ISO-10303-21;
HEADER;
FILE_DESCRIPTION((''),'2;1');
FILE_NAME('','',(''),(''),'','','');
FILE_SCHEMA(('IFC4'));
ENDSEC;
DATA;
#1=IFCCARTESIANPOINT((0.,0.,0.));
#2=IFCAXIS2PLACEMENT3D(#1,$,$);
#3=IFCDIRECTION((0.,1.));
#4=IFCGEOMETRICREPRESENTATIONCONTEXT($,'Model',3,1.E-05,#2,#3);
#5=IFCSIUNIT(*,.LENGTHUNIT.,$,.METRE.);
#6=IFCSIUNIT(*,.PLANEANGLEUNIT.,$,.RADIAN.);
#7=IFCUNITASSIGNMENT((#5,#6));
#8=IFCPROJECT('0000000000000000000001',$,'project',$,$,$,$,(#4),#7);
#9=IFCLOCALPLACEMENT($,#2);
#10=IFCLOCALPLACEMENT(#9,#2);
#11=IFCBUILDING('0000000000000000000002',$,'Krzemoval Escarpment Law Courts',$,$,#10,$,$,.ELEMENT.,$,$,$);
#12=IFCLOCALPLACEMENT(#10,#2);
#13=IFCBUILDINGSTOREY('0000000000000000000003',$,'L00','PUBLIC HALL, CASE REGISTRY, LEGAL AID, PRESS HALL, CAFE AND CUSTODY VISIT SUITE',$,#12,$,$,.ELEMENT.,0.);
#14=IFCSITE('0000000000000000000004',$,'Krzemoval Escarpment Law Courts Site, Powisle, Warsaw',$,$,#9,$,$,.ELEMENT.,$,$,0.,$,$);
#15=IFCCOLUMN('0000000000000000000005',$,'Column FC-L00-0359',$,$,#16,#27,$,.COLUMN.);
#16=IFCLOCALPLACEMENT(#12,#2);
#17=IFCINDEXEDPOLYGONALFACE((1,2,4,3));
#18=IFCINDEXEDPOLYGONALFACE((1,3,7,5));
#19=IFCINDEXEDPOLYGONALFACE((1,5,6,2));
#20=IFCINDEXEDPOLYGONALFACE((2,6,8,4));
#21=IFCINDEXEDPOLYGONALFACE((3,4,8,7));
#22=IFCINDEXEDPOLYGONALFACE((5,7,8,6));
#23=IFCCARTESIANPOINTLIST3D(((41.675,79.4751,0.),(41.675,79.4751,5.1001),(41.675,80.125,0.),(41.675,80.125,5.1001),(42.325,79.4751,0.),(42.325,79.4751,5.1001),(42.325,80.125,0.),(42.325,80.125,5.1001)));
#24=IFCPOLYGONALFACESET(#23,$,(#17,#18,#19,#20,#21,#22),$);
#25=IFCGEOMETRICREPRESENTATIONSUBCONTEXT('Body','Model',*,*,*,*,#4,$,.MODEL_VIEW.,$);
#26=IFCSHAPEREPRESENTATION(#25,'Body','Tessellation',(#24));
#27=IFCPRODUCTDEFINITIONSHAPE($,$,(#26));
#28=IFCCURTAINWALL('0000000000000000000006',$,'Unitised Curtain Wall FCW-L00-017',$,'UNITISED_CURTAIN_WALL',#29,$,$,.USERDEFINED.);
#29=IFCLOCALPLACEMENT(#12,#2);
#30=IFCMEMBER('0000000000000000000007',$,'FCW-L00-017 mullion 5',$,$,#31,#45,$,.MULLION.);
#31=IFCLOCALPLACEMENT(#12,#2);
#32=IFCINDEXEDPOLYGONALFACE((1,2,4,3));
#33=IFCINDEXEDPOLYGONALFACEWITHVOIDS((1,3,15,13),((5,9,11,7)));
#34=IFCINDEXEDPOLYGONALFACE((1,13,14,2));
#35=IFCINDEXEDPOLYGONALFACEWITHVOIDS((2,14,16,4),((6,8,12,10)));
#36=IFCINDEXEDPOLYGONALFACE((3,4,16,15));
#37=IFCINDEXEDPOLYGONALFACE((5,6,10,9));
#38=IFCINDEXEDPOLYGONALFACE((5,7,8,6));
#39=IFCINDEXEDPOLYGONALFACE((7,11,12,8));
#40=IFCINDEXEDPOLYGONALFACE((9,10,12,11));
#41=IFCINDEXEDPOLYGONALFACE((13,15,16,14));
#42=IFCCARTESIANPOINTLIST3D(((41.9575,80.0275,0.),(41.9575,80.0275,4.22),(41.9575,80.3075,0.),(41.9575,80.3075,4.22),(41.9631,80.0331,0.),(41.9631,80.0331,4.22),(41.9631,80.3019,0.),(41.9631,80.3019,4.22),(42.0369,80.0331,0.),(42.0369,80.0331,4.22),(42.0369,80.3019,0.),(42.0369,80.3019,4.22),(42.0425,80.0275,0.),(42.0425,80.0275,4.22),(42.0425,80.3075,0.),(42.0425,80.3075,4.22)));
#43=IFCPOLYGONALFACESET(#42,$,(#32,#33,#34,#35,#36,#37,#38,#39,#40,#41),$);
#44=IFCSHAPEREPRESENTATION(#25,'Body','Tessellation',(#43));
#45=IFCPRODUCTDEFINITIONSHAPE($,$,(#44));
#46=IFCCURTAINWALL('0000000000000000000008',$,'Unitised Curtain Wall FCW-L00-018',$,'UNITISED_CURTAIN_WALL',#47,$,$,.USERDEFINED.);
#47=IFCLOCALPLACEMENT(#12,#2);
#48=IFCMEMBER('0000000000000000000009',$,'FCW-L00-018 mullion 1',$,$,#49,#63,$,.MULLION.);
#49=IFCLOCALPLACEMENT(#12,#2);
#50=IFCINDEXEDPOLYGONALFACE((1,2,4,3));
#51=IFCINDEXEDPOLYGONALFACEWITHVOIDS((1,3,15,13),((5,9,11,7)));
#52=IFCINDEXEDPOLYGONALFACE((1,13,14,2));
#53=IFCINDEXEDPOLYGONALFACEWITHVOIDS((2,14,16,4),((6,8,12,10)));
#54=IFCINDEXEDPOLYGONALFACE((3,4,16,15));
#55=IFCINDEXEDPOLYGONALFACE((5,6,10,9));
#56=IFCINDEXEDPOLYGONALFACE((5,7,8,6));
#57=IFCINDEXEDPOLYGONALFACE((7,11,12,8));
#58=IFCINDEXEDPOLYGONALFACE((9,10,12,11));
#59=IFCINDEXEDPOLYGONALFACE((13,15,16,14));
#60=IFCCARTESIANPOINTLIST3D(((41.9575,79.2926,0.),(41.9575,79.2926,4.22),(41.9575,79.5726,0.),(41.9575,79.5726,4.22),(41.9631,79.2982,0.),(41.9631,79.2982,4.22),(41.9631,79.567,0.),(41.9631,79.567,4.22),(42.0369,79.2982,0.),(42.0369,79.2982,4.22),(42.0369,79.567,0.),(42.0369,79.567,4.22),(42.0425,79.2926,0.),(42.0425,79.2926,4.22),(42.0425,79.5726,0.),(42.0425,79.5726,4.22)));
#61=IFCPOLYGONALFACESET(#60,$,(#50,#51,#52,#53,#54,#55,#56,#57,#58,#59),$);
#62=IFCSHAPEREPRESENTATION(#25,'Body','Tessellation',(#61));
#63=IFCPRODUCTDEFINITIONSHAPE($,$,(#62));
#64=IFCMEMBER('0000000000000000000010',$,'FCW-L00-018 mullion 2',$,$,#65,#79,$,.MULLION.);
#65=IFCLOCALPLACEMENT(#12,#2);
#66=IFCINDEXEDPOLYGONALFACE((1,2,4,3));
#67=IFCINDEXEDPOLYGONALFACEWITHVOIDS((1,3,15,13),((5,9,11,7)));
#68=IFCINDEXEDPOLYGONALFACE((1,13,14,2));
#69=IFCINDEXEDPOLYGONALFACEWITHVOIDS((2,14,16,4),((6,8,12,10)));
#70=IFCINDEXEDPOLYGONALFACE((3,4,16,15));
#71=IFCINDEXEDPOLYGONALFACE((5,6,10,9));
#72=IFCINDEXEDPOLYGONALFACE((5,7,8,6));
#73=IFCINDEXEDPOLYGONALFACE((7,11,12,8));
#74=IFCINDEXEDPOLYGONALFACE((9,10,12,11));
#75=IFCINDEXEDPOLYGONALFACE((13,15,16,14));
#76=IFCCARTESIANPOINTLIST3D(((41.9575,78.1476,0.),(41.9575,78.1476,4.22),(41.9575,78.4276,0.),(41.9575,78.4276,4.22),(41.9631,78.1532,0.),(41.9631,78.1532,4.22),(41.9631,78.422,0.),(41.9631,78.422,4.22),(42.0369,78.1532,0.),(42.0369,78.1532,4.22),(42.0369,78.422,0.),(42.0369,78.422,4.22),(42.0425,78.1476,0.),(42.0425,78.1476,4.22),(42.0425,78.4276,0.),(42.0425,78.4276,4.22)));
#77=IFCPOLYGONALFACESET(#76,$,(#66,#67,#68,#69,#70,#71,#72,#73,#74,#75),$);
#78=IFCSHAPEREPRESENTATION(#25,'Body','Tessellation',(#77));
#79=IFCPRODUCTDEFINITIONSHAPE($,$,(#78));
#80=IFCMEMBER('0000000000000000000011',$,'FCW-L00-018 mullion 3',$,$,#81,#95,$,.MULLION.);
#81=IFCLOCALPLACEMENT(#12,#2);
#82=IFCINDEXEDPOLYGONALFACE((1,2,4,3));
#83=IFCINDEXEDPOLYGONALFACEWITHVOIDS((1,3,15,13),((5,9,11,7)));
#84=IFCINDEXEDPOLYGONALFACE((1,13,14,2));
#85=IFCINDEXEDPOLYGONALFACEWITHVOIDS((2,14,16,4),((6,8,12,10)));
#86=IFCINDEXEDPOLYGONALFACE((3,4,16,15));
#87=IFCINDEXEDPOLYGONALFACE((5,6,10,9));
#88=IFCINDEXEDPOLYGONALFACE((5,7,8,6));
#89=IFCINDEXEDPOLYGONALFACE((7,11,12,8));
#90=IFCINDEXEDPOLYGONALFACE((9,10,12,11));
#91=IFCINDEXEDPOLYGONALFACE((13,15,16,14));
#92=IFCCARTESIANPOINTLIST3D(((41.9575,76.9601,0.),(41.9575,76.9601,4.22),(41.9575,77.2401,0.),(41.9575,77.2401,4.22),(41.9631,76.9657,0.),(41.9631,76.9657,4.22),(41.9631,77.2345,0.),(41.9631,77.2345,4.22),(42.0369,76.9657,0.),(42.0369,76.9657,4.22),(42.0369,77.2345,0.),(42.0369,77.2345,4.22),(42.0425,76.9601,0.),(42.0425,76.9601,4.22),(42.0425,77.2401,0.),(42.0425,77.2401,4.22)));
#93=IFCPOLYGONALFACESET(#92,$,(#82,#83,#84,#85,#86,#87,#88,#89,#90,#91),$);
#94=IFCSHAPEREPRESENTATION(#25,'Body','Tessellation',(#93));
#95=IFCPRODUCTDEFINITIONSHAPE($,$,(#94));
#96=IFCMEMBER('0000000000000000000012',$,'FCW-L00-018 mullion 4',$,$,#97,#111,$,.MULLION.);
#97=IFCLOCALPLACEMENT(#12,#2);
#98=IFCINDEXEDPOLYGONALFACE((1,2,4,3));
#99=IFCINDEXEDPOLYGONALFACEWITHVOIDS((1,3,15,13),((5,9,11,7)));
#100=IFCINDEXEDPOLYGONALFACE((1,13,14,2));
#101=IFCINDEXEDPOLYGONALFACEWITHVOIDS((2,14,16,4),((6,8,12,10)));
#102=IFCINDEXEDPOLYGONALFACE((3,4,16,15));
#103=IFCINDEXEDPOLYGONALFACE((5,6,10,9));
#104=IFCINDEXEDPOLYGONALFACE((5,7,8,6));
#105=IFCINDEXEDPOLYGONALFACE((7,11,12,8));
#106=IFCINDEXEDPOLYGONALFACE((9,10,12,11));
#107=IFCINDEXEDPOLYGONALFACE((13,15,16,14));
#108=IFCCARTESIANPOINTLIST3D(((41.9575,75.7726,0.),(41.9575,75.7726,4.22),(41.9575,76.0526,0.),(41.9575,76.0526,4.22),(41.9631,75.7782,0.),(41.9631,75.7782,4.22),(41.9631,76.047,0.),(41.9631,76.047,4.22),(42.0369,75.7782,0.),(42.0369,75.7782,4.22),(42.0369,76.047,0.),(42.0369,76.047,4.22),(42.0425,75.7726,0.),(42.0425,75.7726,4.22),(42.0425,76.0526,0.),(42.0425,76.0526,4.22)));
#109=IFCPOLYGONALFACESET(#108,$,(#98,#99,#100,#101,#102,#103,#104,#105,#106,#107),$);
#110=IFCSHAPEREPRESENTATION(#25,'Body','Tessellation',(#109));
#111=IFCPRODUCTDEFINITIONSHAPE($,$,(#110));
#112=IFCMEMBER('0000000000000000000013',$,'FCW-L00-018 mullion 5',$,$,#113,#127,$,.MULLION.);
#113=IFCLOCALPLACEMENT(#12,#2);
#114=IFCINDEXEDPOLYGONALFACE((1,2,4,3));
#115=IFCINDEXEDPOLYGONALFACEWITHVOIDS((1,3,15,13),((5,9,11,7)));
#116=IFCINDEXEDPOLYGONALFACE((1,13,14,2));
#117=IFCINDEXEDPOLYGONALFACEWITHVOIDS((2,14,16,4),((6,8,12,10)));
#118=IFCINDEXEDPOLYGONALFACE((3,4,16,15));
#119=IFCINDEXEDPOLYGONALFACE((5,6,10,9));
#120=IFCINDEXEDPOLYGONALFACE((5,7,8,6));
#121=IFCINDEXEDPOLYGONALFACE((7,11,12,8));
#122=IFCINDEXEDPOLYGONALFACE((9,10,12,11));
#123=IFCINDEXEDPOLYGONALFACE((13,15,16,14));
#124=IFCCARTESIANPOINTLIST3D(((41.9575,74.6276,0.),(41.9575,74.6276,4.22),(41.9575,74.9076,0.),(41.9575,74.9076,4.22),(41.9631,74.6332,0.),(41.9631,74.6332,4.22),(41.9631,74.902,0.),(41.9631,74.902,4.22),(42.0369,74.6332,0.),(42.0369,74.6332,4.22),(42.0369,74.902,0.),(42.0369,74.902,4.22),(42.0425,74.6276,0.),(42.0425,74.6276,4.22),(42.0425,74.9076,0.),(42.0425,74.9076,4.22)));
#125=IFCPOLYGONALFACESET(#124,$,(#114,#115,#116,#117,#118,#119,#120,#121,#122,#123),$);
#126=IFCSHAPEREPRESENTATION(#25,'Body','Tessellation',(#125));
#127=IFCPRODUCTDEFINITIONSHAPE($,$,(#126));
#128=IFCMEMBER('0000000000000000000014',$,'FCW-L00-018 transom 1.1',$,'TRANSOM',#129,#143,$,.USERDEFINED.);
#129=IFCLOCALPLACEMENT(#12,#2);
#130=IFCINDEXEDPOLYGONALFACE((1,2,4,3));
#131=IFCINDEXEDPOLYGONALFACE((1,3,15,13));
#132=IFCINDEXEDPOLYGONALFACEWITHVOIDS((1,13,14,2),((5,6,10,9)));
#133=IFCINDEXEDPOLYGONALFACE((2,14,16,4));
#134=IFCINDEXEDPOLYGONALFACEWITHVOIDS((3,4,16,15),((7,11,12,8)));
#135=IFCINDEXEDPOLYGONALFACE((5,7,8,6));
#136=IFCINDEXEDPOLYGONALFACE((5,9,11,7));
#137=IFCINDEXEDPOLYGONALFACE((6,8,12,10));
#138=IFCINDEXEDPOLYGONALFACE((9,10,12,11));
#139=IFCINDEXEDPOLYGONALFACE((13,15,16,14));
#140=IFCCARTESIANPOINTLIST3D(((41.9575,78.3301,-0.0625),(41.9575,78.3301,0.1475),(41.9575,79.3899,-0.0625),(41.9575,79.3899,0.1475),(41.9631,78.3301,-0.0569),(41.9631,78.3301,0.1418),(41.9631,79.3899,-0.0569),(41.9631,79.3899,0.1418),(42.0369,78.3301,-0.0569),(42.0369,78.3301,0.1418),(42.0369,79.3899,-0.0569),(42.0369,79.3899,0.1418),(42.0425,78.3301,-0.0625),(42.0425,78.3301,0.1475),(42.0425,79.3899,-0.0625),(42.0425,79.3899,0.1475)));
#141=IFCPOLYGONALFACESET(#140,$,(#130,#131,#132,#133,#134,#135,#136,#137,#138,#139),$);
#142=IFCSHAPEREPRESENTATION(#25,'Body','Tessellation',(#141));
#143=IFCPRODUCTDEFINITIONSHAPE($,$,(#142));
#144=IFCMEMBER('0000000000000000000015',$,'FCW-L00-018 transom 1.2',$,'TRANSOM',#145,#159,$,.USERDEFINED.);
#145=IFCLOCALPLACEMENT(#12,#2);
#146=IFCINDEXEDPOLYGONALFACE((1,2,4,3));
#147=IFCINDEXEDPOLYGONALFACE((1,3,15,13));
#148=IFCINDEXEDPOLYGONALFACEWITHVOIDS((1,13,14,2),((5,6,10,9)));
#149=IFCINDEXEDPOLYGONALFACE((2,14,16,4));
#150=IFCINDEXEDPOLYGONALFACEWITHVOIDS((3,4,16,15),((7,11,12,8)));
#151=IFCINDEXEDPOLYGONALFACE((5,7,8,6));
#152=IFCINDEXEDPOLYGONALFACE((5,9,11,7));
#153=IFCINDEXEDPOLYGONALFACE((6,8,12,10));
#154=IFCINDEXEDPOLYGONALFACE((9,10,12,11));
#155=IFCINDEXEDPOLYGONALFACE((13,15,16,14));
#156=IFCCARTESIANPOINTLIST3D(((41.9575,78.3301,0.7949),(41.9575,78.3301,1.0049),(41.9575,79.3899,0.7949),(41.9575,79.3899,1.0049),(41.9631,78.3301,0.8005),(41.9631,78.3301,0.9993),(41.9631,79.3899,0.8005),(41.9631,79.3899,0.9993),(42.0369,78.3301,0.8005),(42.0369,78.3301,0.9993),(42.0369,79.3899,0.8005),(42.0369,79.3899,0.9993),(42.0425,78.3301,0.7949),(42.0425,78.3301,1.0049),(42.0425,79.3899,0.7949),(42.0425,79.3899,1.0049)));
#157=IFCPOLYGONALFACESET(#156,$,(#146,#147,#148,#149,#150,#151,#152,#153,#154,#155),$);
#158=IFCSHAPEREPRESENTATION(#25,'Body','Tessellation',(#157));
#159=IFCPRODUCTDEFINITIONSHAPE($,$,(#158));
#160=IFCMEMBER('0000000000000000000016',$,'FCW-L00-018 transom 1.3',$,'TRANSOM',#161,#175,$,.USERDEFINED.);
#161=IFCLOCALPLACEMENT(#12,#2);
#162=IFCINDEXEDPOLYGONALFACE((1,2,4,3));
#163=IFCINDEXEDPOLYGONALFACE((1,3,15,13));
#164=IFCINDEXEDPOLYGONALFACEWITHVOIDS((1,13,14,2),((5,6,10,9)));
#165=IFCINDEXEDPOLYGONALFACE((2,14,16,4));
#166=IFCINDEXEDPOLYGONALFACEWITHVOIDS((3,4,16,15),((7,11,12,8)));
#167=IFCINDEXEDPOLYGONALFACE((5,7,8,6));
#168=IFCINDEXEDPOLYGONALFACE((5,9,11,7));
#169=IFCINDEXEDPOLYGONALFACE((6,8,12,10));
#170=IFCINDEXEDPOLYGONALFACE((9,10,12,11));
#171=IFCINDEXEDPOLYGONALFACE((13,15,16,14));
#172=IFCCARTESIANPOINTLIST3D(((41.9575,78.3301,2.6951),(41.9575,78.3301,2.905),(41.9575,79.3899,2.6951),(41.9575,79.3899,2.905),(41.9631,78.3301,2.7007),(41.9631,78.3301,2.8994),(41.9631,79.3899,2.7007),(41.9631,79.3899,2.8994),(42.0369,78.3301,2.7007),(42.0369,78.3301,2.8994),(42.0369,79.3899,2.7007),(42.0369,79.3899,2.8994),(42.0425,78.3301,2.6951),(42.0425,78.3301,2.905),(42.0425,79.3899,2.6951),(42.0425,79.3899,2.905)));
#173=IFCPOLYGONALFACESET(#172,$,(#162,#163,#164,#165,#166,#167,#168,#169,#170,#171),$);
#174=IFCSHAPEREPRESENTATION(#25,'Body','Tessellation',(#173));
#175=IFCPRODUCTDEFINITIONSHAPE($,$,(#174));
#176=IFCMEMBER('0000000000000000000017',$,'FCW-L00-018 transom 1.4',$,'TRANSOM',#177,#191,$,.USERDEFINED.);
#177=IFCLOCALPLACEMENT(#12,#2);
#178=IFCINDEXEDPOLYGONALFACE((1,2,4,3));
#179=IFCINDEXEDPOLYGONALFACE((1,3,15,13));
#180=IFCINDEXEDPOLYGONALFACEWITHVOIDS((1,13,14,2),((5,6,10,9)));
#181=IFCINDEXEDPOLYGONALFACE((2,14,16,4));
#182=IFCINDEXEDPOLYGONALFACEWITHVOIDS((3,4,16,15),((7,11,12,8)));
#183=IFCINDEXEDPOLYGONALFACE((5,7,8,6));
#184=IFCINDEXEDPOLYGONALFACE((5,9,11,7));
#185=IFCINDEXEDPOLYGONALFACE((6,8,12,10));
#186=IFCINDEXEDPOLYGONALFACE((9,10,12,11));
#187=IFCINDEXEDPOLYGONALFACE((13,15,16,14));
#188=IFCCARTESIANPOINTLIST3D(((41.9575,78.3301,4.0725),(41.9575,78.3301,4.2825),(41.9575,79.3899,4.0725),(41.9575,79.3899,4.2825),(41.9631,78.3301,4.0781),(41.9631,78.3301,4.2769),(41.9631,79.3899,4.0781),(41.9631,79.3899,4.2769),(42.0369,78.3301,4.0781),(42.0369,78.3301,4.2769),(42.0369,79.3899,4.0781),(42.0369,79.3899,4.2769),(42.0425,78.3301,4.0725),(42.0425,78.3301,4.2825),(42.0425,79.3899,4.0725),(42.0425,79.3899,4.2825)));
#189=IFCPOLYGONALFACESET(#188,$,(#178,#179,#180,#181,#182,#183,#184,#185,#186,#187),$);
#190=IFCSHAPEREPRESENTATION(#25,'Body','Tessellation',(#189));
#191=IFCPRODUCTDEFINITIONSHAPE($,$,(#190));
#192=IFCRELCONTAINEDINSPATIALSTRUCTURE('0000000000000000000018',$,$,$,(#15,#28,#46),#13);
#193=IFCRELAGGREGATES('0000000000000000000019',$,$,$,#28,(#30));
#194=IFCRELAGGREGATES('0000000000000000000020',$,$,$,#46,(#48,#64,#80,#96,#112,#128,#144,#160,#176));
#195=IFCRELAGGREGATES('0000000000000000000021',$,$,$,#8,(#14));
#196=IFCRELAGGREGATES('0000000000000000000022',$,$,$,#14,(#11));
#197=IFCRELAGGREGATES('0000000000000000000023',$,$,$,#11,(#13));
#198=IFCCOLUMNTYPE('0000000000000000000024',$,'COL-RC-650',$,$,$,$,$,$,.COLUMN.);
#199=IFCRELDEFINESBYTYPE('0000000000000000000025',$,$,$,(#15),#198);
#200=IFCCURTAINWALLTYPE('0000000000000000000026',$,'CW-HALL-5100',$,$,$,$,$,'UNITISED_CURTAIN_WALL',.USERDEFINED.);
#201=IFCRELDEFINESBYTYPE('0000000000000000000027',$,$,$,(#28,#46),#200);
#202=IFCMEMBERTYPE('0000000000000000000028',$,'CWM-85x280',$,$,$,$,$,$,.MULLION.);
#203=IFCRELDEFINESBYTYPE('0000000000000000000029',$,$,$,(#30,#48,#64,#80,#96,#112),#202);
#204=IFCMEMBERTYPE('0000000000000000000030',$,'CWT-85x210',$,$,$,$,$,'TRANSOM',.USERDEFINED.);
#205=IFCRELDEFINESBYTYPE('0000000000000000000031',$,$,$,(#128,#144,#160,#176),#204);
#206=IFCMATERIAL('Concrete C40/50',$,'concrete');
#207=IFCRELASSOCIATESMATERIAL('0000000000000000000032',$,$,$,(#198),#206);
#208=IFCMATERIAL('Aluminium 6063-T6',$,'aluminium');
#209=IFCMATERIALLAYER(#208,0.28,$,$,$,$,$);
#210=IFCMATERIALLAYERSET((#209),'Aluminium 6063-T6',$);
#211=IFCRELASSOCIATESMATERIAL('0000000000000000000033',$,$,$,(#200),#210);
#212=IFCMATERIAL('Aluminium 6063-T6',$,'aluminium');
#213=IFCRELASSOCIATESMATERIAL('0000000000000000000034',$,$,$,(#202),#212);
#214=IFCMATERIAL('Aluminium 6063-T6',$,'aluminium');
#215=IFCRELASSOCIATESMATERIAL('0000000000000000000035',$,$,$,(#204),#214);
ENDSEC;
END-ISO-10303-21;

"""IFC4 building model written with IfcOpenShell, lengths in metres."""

from ifc_helpers import new_model, si_unit, direction, frame, origin, origin_2d, place, context, subcontext, project, spatial, rectangle, hollow_rectangle, extrude, material, layer, layer_set, material_profile, profile_set, type_object, element, aggregate, save


model = new_model("IFC4")

# Units and contexts
model_context = context("Model", 3, precision=1e-05, world=origin(), true_north=direction((0.0, 1.0)))
body_context = subcontext(model_context, "Body", "Model", "MODEL_VIEW")
ifc_project = project(units=[si_unit("LENGTHUNIT", "METRE"), si_unit("PLANEANGLEUNIT", "RADIAN")], contexts=[model_context])

# Site, building, storey
site_placement = place(None, origin())
site = spatial("IfcSite", under=ifc_project, at=site_placement, Name="Krzemoval Escarpment Law Courts Site, Powisle, Warsaw", CompositionType="ELEMENT", RefElevation=0.0)
building_placement = place(site_placement, origin())
building = spatial("IfcBuilding", under=site, at=building_placement, Name="Krzemoval Escarpment Law Courts", CompositionType="ELEMENT")
storey_placement = place(building_placement, origin())
storey = spatial("IfcBuildingStorey", under=building, at=storey_placement, Name="L00", Description="PUBLIC HALL, CASE REGISTRY, LEGAL AID, PRESS HALL, CAFE AND CUSTODY VISIT SUITE", CompositionType="ELEMENT", Elevation=0.0)

# Column
ifc_material_1 = material(Name="Concrete C40/50", Category="concrete")
ifc_material_profile_1 = material_profile(ifc_material_1, rectangle(XDim=0.6499, YDim=0.6499, at=origin_2d()), Name="RC 650x650")
ifc_profile_set_1 = profile_set([ifc_material_profile_1], Name="Concrete C40/50")
column_type = type_object("IfcColumnType", Name="COL-RC-650", PredefinedType="COLUMN", material=ifc_profile_set_1)
column_placement = place(storey_placement, frame((42.0, 79.8, 0.0), z_axis=(0.0, 0.0, 1.0), x_axis=(1.0, 0.0, 0.0)))
element("IfcColumn", 1, at=column_placement, inside=storey, type_object=column_type, Name="Column FC-L00-0359", PredefinedType="COLUMN", context=body_context, shape_type="SweptSolid", body=[
    extrude(rectangle(XDim=0.6499, YDim=0.6499, at=origin_2d()), origin(), (0.0, 0.0, 1.0), 5.1001),
])

# Curtain wall, member
ifc_material_2 = material(Name="Aluminium 6063-T6", Category="aluminium")
ifc_layer_1 = layer(ifc_material_2, 0.28)
ifc_layer_set_1 = layer_set([ifc_layer_1], Name="Aluminium 6063-T6")
curtain_wall_type = type_object("IfcCurtainWallType", Name="CW-HALL-5100", ElementType="UNITISED_CURTAIN_WALL", PredefinedType="USERDEFINED", material=ifc_layer_set_1)
curtain_wall_1_placement = place(storey_placement, origin())
curtain_wall_1 = element("IfcCurtainWall", 2, at=curtain_wall_1_placement, inside=storey, type_object=curtain_wall_type, Name="Unitised Curtain Wall FCW-L00-017", ObjectType="UNITISED_CURTAIN_WALL", PredefinedType="USERDEFINED")
ifc_material_3 = material(Name="Aluminium 6063-T6", Category="aluminium")
ifc_material_profile_2 = material_profile(ifc_material_3, hollow_rectangle(XDim=0.085, YDim=0.28, WallThickness=0.0056, at=origin_2d()), Name="ALU M85x280")
ifc_profile_set_2 = profile_set([ifc_material_profile_2], Name="Aluminium 6063-T6")
member_type_1 = type_object("IfcMemberType", Name="CWM-85x280", PredefinedType="MULLION", material=ifc_profile_set_2)
member_1_placement = place(storey_placement, frame((42.0, 80.1675, 0.0), z_axis=(0.0, 0.0, 1.0), x_axis=(1.0, 0.0, 0.0)))
member_1 = element("IfcMember", 3, at=member_1_placement, type_object=member_type_1, Name="FCW-L00-017 mullion 5", PredefinedType="MULLION", context=body_context, shape_type="SweptSolid", body=[
    extrude(hollow_rectangle(XDim=0.085, YDim=0.28, WallThickness=0.0056, at=origin_2d()), origin(), (0.0, 0.0, 1.0), 4.22),
])
aggregate(curtain_wall_1, [member_1])

# Curtain wall, members
curtain_wall_2_placement = place(storey_placement, origin())
curtain_wall_2 = element("IfcCurtainWall", 4, at=curtain_wall_2_placement, inside=storey, type_object=curtain_wall_type, Name="Unitised Curtain Wall FCW-L00-018", ObjectType="UNITISED_CURTAIN_WALL", PredefinedType="USERDEFINED")
member_2_placement = place(storey_placement, frame((42.0, 79.4326, 0.0), z_axis=(0.0, 0.0, 1.0), x_axis=(1.0, 0.0, 0.0)))
member_2 = element("IfcMember", 5, at=member_2_placement, type_object=member_type_1, Name="FCW-L00-018 mullion 1", PredefinedType="MULLION", context=body_context, shape_type="SweptSolid", body=[
    extrude(hollow_rectangle(XDim=0.085, YDim=0.28, WallThickness=0.0056, at=origin_2d()), origin(), (0.0, 0.0, 1.0), 4.22),
])
member_3_placement = place(storey_placement, frame((42.0, 78.2876, 0.0), z_axis=(0.0, 0.0, 1.0), x_axis=(1.0, 0.0, 0.0)))
member_3 = element("IfcMember", 6, at=member_3_placement, type_object=member_type_1, Name="FCW-L00-018 mullion 2", PredefinedType="MULLION", context=body_context, shape_type="SweptSolid", body=[
    extrude(hollow_rectangle(XDim=0.085, YDim=0.28, WallThickness=0.0056, at=origin_2d()), origin(), (0.0, 0.0, 1.0), 4.22),
])
member_4_placement = place(storey_placement, frame((42.0, 77.1001, 0.0), z_axis=(0.0, 0.0, 1.0), x_axis=(1.0, 0.0, 0.0)))
member_4 = element("IfcMember", 7, at=member_4_placement, type_object=member_type_1, Name="FCW-L00-018 mullion 3", PredefinedType="MULLION", context=body_context, shape_type="SweptSolid", body=[
    extrude(hollow_rectangle(XDim=0.085, YDim=0.28, WallThickness=0.0056, at=origin_2d()), origin(), (0.0, 0.0, 1.0), 4.22),
])
member_5_placement = place(storey_placement, frame((42.0, 75.9126, 0.0), z_axis=(0.0, 0.0, 1.0), x_axis=(1.0, 0.0, 0.0)))
member_5 = element("IfcMember", 8, at=member_5_placement, type_object=member_type_1, Name="FCW-L00-018 mullion 4", PredefinedType="MULLION", context=body_context, shape_type="SweptSolid", body=[
    extrude(hollow_rectangle(XDim=0.085, YDim=0.28, WallThickness=0.0056, at=origin_2d()), origin(), (0.0, 0.0, 1.0), 4.22),
])
member_6_placement = place(storey_placement, frame((42.0, 74.7676, 0.0), z_axis=(0.0, 0.0, 1.0), x_axis=(1.0, 0.0, 0.0)))
member_6 = element("IfcMember", 9, at=member_6_placement, type_object=member_type_1, Name="FCW-L00-018 mullion 5", PredefinedType="MULLION", context=body_context, shape_type="SweptSolid", body=[
    extrude(hollow_rectangle(XDim=0.085, YDim=0.28, WallThickness=0.0056, at=origin_2d()), origin(), (0.0, 0.0, 1.0), 4.22),
])
ifc_material_4 = material(Name="Aluminium 6063-T6", Category="aluminium")
ifc_material_profile_3 = material_profile(ifc_material_4, hollow_rectangle(XDim=0.085, YDim=0.21, WallThickness=0.0056, at=origin_2d()), Name="ALU T85x210")
ifc_profile_set_3 = profile_set([ifc_material_profile_3], Name="Aluminium 6063-T6")
member_type_2 = type_object("IfcMemberType", Name="CWT-85x210", ElementType="TRANSOM", PredefinedType="USERDEFINED", material=ifc_profile_set_3)
member_7_placement = place(storey_placement, frame((42.0, 79.3899, 0.0425), z_axis=(0.0, -1.0, 0.0), x_axis=(1.0, 0.0, 0.0)))
member_7 = element("IfcMember", 10, at=member_7_placement, type_object=member_type_2, Name="FCW-L00-018 transom 1.1", ObjectType="TRANSOM", PredefinedType="USERDEFINED", context=body_context, shape_type="SweptSolid", body=[
    extrude(hollow_rectangle(XDim=0.085, YDim=0.21, WallThickness=0.0056, at=origin_2d()), origin(), (0.0, 0.0, 1.0), 1.0598),
])
member_8_placement = place(storey_placement, frame((42.0, 79.3899, 0.8999), z_axis=(0.0, -1.0, 0.0), x_axis=(1.0, 0.0, 0.0)))
member_8 = element("IfcMember", 11, at=member_8_placement, type_object=member_type_2, Name="FCW-L00-018 transom 1.2", ObjectType="TRANSOM", PredefinedType="USERDEFINED", context=body_context, shape_type="SweptSolid", body=[
    extrude(hollow_rectangle(XDim=0.085, YDim=0.21, WallThickness=0.0056, at=origin_2d()), origin(), (0.0, 0.0, 1.0), 1.0598),
])
member_9_placement = place(storey_placement, frame((42.0, 79.3899, 2.8), z_axis=(0.0, -1.0, 0.0), x_axis=(1.0, 0.0, 0.0)))
member_9 = element("IfcMember", 12, at=member_9_placement, type_object=member_type_2, Name="FCW-L00-018 transom 1.3", ObjectType="TRANSOM", PredefinedType="USERDEFINED", context=body_context, shape_type="SweptSolid", body=[
    extrude(hollow_rectangle(XDim=0.085, YDim=0.21, WallThickness=0.0056, at=origin_2d()), origin(), (0.0, 0.0, 1.0), 1.0598),
])
member_10_placement = place(storey_placement, frame((42.0, 79.3899, 4.1775), z_axis=(0.0, -1.0, 0.0), x_axis=(1.0, 0.0, 0.0)))
member_10 = element("IfcMember", 13, at=member_10_placement, type_object=member_type_2, Name="FCW-L00-018 transom 1.4", ObjectType="TRANSOM", PredefinedType="USERDEFINED", context=body_context, shape_type="SweptSolid", body=[
    extrude(hollow_rectangle(XDim=0.085, YDim=0.21, WallThickness=0.0056, at=origin_2d()), origin(), (0.0, 0.0, 1.0), 1.0598),
])

aggregate(curtain_wall_2, [member_2, member_3, member_4, member_5, member_6, member_7, member_8, member_9, member_10])

save(model, "model.ifc")
